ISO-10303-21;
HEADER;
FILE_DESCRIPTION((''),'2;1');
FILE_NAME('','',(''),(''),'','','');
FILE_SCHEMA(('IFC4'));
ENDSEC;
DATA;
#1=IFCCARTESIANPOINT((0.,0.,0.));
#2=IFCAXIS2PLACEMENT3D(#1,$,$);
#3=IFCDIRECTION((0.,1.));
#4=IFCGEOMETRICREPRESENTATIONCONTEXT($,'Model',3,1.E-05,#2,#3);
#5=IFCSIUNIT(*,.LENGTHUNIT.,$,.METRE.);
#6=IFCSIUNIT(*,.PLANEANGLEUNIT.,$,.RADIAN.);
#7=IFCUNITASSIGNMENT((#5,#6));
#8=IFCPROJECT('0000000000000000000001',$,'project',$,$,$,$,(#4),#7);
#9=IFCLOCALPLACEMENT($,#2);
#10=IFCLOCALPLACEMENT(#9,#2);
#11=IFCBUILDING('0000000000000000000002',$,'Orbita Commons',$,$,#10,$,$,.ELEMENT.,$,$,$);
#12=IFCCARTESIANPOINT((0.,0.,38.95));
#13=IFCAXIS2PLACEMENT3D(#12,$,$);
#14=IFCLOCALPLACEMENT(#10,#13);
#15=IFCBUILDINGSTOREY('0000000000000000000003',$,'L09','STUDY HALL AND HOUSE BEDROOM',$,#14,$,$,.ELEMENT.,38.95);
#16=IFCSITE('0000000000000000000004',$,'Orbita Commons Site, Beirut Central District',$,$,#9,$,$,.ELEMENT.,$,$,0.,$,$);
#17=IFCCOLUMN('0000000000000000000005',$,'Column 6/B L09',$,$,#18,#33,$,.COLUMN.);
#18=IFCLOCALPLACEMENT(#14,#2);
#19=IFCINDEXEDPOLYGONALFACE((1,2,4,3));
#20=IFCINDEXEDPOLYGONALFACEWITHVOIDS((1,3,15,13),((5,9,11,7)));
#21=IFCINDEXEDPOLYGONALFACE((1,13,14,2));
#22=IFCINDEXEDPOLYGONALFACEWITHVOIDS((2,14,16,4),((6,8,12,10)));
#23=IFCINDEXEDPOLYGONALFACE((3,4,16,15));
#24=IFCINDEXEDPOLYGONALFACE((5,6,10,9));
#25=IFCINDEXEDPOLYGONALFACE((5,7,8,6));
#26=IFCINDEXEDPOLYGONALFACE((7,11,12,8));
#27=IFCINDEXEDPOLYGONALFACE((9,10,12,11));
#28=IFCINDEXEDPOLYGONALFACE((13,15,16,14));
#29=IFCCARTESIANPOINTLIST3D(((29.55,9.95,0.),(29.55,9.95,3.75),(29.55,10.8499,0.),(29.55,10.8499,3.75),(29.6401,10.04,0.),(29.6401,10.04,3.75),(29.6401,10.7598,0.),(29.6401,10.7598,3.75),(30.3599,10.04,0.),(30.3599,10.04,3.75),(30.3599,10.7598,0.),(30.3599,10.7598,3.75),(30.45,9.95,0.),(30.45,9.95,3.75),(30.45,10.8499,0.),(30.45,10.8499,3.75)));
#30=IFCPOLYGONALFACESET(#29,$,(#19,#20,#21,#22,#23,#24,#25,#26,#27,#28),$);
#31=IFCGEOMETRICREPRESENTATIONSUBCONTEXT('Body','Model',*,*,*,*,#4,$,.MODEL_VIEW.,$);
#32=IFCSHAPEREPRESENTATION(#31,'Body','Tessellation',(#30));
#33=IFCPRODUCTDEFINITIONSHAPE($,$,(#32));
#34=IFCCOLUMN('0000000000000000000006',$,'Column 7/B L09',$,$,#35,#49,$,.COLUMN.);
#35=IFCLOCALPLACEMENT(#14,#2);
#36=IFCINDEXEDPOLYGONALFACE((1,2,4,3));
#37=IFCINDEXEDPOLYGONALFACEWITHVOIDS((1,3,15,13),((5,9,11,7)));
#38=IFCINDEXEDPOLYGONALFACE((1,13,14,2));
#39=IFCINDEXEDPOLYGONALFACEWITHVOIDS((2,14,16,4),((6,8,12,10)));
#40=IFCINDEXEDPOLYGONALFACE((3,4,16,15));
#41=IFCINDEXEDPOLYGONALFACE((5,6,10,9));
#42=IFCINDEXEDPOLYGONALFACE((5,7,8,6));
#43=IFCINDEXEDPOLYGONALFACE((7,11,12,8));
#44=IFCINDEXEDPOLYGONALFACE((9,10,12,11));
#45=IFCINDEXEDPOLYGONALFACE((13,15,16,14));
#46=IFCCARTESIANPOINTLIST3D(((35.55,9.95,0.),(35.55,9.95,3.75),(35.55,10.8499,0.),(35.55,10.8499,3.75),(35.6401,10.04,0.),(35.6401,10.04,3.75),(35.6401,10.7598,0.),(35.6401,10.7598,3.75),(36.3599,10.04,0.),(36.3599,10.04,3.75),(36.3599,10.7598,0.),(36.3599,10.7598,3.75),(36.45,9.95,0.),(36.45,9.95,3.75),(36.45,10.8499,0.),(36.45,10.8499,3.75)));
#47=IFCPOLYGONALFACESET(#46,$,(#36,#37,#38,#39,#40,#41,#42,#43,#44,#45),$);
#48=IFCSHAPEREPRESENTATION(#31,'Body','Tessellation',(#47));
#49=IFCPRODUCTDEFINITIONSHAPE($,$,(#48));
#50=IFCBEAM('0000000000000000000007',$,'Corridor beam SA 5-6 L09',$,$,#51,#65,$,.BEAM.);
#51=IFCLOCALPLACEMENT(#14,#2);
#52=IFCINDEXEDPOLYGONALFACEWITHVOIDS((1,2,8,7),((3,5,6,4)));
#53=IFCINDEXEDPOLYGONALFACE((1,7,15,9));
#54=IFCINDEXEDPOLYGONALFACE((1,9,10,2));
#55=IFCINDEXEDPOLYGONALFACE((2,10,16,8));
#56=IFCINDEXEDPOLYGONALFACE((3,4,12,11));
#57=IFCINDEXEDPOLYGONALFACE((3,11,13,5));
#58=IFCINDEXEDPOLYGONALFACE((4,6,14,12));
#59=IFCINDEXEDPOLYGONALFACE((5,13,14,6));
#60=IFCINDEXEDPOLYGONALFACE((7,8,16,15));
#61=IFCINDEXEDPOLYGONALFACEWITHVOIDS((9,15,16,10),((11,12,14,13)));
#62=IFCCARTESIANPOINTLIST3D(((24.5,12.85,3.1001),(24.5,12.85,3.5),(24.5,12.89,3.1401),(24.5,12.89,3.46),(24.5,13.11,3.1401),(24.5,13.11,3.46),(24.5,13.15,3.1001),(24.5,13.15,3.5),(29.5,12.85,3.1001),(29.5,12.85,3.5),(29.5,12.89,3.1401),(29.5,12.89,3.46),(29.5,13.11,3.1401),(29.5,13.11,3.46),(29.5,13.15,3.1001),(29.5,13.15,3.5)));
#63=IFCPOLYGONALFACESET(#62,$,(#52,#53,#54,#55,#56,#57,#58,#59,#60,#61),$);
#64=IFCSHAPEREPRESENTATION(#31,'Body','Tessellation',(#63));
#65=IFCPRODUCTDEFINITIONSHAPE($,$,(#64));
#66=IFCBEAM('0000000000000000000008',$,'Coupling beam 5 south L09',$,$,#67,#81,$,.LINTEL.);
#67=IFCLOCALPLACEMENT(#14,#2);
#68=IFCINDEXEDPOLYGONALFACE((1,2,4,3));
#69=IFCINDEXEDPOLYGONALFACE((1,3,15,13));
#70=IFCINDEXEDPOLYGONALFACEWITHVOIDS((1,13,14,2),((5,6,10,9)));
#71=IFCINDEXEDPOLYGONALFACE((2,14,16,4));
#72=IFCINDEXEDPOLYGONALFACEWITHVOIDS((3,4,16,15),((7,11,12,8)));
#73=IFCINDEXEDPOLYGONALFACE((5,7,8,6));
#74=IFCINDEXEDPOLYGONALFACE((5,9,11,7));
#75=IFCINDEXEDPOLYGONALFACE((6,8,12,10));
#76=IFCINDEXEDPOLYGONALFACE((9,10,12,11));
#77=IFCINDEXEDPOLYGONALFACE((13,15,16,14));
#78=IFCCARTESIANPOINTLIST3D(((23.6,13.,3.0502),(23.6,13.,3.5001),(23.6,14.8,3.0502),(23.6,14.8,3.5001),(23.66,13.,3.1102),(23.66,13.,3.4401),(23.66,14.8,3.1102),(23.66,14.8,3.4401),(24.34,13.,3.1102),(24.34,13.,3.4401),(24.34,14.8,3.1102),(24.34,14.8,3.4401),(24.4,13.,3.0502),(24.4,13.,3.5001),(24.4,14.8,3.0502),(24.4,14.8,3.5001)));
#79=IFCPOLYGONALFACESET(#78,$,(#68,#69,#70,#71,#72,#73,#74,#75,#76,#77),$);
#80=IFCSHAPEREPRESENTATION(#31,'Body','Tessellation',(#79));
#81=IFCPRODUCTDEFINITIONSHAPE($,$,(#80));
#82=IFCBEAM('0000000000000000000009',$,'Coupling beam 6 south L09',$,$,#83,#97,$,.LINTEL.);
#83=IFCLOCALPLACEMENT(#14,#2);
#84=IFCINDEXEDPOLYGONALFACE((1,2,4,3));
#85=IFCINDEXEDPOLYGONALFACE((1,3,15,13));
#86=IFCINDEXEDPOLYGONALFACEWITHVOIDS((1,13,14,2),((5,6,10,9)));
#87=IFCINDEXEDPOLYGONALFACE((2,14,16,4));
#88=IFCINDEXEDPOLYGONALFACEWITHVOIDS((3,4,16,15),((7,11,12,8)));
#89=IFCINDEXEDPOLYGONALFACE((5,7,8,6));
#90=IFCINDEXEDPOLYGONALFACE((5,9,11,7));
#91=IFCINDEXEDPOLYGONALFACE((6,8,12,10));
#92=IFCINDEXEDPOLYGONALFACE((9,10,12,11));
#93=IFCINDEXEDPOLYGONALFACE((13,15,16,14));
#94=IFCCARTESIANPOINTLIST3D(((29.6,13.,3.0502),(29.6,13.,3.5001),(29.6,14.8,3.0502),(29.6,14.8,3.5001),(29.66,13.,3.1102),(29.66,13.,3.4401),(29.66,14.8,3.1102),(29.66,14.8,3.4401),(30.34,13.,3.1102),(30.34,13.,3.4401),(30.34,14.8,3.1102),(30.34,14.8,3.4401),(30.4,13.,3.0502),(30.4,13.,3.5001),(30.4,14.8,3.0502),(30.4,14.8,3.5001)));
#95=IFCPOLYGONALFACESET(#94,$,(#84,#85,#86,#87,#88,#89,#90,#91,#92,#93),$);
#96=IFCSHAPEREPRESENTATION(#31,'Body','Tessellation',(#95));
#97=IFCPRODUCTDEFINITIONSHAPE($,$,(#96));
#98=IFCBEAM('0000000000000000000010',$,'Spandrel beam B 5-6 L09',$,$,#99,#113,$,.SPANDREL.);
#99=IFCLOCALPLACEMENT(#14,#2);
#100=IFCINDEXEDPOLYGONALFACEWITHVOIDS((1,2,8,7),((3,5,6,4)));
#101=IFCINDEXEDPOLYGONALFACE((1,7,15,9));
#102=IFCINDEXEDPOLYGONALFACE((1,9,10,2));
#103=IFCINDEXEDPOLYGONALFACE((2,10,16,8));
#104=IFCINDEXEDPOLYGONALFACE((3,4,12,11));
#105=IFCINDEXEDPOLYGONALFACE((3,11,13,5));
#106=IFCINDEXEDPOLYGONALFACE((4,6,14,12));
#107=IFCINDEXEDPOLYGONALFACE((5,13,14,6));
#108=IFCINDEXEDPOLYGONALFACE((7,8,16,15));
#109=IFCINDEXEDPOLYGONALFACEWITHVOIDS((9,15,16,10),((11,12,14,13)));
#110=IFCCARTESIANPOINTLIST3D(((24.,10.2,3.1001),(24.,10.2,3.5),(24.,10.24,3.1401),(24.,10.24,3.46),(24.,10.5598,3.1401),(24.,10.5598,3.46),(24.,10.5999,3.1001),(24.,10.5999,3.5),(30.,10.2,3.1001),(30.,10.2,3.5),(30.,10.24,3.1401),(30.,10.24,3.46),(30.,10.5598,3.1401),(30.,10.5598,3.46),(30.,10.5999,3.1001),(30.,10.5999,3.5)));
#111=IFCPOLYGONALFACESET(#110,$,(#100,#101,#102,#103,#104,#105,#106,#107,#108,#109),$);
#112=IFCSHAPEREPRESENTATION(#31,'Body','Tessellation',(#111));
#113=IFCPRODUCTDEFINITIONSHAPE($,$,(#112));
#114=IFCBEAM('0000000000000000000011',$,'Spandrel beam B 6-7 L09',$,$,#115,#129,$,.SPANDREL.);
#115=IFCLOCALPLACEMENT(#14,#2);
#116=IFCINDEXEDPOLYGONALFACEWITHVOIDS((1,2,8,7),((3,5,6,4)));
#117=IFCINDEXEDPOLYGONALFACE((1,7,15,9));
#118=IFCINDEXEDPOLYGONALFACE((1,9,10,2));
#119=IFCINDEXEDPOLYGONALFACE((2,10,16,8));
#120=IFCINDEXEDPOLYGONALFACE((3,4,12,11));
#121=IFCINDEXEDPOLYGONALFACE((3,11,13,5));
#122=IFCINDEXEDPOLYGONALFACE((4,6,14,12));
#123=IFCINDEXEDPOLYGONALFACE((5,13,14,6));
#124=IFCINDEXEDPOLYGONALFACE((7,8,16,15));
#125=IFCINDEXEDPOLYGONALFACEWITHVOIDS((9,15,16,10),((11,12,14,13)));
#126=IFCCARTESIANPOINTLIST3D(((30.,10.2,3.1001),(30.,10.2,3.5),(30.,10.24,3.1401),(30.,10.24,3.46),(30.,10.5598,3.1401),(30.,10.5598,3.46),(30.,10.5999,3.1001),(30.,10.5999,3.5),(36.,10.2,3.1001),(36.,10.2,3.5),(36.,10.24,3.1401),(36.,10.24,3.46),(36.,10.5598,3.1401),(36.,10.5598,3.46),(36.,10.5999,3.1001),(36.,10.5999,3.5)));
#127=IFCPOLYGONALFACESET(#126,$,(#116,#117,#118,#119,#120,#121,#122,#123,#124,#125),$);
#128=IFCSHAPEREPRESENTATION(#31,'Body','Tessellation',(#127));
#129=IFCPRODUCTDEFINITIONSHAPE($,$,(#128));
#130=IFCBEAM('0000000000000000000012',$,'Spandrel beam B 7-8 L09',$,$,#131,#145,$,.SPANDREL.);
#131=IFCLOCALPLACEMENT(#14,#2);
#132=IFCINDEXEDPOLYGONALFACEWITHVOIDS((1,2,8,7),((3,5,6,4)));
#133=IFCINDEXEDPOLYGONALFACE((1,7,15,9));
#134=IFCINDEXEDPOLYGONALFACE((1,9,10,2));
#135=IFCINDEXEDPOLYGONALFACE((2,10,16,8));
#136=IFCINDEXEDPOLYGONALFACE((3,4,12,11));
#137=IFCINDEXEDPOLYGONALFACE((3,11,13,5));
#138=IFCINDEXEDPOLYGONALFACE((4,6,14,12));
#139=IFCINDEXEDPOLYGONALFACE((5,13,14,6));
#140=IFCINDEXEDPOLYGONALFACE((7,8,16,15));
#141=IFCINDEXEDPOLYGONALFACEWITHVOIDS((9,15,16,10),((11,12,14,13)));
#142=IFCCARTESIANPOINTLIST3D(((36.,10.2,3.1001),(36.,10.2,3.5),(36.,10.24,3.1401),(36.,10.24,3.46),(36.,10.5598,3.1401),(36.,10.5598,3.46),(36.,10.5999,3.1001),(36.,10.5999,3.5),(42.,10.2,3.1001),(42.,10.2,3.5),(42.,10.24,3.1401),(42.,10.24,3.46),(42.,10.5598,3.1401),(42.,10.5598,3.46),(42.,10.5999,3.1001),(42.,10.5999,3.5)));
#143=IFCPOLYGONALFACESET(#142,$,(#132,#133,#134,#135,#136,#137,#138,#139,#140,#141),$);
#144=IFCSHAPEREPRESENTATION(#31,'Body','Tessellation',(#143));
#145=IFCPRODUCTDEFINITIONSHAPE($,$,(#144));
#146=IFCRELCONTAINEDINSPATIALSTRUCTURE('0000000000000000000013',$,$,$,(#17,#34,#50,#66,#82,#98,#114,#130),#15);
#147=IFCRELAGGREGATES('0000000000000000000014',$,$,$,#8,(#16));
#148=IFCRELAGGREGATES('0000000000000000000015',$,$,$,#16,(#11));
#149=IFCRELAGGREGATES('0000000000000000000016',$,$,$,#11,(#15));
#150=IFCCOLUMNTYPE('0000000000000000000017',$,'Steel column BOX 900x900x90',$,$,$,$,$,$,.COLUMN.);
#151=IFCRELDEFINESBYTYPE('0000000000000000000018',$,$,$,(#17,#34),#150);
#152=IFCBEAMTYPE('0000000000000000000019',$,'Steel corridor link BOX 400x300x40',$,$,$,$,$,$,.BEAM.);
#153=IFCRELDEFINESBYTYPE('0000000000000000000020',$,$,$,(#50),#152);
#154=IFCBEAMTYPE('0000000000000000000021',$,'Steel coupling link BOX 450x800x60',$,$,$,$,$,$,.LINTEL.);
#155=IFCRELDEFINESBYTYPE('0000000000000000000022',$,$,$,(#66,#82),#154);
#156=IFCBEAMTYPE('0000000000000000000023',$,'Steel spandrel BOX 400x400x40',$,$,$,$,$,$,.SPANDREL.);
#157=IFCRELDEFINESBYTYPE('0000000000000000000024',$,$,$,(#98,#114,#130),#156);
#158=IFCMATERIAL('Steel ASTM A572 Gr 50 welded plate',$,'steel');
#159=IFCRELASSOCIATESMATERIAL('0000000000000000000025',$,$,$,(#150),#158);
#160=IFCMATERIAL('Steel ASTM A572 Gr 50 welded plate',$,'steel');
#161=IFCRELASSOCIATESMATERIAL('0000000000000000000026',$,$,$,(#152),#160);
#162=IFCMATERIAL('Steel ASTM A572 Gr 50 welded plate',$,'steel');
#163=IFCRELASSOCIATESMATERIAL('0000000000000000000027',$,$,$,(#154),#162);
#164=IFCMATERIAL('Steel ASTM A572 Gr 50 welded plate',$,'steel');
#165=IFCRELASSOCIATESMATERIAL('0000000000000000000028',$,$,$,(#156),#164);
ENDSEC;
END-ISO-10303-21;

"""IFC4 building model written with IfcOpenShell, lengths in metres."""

from ifc_helpers import new_model, si_unit, direction, frame, origin, origin_2d, place, context, subcontext, project, spatial, hollow_rectangle, extrude, material, material_profile, profile_set, type_object, element, save


model = new_model("IFC4")

# Units and contexts
model_context = context("Model", 3, precision=1e-05, world=origin(), true_north=direction((0.0, 1.0)))
body_context = subcontext(model_context, "Body", "Model", "MODEL_VIEW")
ifc_project = project(units=[si_unit("LENGTHUNIT", "METRE"), si_unit("PLANEANGLEUNIT", "RADIAN")], contexts=[model_context])

# Site, building, storey
site_placement = place(None, origin())
site = spatial("IfcSite", under=ifc_project, at=site_placement, Name="Orbita Commons Site, Beirut Central District", CompositionType="ELEMENT", RefElevation=0.0)
building_placement = place(site_placement, origin())
building = spatial("IfcBuilding", under=site, at=building_placement, Name="Orbita Commons", CompositionType="ELEMENT")
storey_placement = place(building_placement, frame((0.0, 0.0, 38.95)))
storey = spatial("IfcBuildingStorey", under=building, at=storey_placement, Name="L09", Description="STUDY HALL AND HOUSE BEDROOM", CompositionType="ELEMENT", Elevation=38.95)

# Columns
ifc_material_1 = material(Name="Steel ASTM A572 Gr 50 welded plate", Category="steel")
ifc_material_profile_1 = material_profile(ifc_material_1, hollow_rectangle(XDim=0.8999, YDim=0.8999, WallThickness=0.0901, at=origin_2d()), Name="BOX 900x900x90")
ifc_profile_set_1 = profile_set([ifc_material_profile_1], Name="Steel ASTM A572 Gr 50 welded plate")
column_type = type_object("IfcColumnType", Name="Steel column BOX 900x900x90", PredefinedType="COLUMN", material=ifc_profile_set_1)
for number, where, z_axis, x_axis, name in (
    (1, (30.0, 10.3999, 0.0), (0.0, 0.0, 1.0), (1.0, 0.0, 0.0), "Column 6/B L09"),
    (2, (36.0, 10.3999, 0.0), (0.0, 0.0, 1.0), (1.0, 0.0, 0.0), "Column 7/B L09"),
):
    element("IfcColumn", number, at=place(storey_placement, frame(where, z_axis=z_axis, x_axis=x_axis)), inside=storey, type_object=column_type, Name=name, PredefinedType="COLUMN", context=body_context, shape_type="SweptSolid", body=[
        extrude(hollow_rectangle(XDim=0.8999, YDim=0.8999, WallThickness=0.0901, at=origin_2d()), origin(), (0.0, 0.0, 1.0), 3.75),
    ])

# Beams
ifc_material_2 = material(Name="Steel ASTM A572 Gr 50 welded plate", Category="steel")
ifc_material_profile_2 = material_profile(ifc_material_2, hollow_rectangle(XDim=0.3, YDim=0.3999, WallThickness=0.04, at=origin_2d()), Name="BOX 400x300x40")
ifc_profile_set_2 = profile_set([ifc_material_profile_2], Name="Steel ASTM A572 Gr 50 welded plate")
beam_type_1 = type_object("IfcBeamType", Name="Steel corridor link BOX 400x300x40", PredefinedType="BEAM", material=ifc_profile_set_2)
beam_placement = place(storey_placement, frame((24.5, 13.0, 3.3), z_axis=(1.0, 0.0, 0.0), x_axis=(0.0, 1.0, 0.0)))
element("IfcBeam", 3, at=beam_placement, inside=storey, type_object=beam_type_1, Name="Corridor beam SA 5-6 L09", PredefinedType="BEAM", context=body_context, shape_type="SweptSolid", body=[
    extrude(hollow_rectangle(XDim=0.3, YDim=0.3999, WallThickness=0.04, at=origin_2d()), origin(), (0.0, 0.0, 1.0), 5.0),
])
ifc_material_3 = material(Name="Steel ASTM A572 Gr 50 welded plate", Category="steel")
ifc_material_profile_3 = material_profile(ifc_material_3, hollow_rectangle(XDim=0.8, YDim=0.45, WallThickness=0.0601, at=origin_2d()), Name="BOX 450x800x60")
ifc_profile_set_3 = profile_set([ifc_material_profile_3], Name="Steel ASTM A572 Gr 50 welded plate")
beam_type_2 = type_object("IfcBeamType", Name="Steel coupling link BOX 450x800x60", PredefinedType="LINTEL", material=ifc_profile_set_3)
for number, where, z_axis, x_axis, name in (
    (4, (24.0, 13.0, 3.2751), (0.0, 1.0, 0.0), (-1.0, 0.0, 0.0), "Coupling beam 5 south L09"),
    (5, (30.0, 13.0, 3.2751), (0.0, 1.0, 0.0), (-1.0, 0.0, 0.0), "Coupling beam 6 south L09"),
):
    element("IfcBeam", number, at=place(storey_placement, frame(where, z_axis=z_axis, x_axis=x_axis)), inside=storey, type_object=beam_type_2, Name=name, PredefinedType="LINTEL", context=body_context, shape_type="SweptSolid", body=[
        extrude(hollow_rectangle(XDim=0.8, YDim=0.45, WallThickness=0.0601, at=origin_2d()), origin(), (0.0, 0.0, 1.0), 1.8),
    ])
ifc_material_4 = material(Name="Steel ASTM A572 Gr 50 welded plate", Category="steel")
ifc_material_profile_4 = material_profile(ifc_material_4, hollow_rectangle(XDim=0.3999, YDim=0.3999, WallThickness=0.04, at=origin_2d()), Name="BOX 400x400x40")
ifc_profile_set_4 = profile_set([ifc_material_profile_4], Name="Steel ASTM A572 Gr 50 welded plate")
beam_type_3 = type_object("IfcBeamType", Name="Steel spandrel BOX 400x400x40", PredefinedType="SPANDREL", material=ifc_profile_set_4)
for number, where, z_axis, x_axis, name in (
    (6, (24.0, 10.3999, 3.3), (1.0, 0.0, 0.0), (0.0, 1.0, 0.0), "Spandrel beam B 5-6 L09"),
    (7, (30.0, 10.3999, 3.3), (1.0, 0.0, 0.0), (0.0, 1.0, 0.0), "Spandrel beam B 6-7 L09"),
    (8, (36.0, 10.3999, 3.3), (1.0, 0.0, 0.0), (0.0, 1.0, 0.0), "Spandrel beam B 7-8 L09"),
):
    element("IfcBeam", number, at=place(storey_placement, frame(where, z_axis=z_axis, x_axis=x_axis)), inside=storey, type_object=beam_type_3, Name=name, PredefinedType="SPANDREL", context=body_context, shape_type="SweptSolid", body=[
        extrude(hollow_rectangle(XDim=0.3999, YDim=0.3999, WallThickness=0.04, at=origin_2d()), origin(), (0.0, 0.0, 1.0), 6.0),
    ])

save(model, "model.ifc")
